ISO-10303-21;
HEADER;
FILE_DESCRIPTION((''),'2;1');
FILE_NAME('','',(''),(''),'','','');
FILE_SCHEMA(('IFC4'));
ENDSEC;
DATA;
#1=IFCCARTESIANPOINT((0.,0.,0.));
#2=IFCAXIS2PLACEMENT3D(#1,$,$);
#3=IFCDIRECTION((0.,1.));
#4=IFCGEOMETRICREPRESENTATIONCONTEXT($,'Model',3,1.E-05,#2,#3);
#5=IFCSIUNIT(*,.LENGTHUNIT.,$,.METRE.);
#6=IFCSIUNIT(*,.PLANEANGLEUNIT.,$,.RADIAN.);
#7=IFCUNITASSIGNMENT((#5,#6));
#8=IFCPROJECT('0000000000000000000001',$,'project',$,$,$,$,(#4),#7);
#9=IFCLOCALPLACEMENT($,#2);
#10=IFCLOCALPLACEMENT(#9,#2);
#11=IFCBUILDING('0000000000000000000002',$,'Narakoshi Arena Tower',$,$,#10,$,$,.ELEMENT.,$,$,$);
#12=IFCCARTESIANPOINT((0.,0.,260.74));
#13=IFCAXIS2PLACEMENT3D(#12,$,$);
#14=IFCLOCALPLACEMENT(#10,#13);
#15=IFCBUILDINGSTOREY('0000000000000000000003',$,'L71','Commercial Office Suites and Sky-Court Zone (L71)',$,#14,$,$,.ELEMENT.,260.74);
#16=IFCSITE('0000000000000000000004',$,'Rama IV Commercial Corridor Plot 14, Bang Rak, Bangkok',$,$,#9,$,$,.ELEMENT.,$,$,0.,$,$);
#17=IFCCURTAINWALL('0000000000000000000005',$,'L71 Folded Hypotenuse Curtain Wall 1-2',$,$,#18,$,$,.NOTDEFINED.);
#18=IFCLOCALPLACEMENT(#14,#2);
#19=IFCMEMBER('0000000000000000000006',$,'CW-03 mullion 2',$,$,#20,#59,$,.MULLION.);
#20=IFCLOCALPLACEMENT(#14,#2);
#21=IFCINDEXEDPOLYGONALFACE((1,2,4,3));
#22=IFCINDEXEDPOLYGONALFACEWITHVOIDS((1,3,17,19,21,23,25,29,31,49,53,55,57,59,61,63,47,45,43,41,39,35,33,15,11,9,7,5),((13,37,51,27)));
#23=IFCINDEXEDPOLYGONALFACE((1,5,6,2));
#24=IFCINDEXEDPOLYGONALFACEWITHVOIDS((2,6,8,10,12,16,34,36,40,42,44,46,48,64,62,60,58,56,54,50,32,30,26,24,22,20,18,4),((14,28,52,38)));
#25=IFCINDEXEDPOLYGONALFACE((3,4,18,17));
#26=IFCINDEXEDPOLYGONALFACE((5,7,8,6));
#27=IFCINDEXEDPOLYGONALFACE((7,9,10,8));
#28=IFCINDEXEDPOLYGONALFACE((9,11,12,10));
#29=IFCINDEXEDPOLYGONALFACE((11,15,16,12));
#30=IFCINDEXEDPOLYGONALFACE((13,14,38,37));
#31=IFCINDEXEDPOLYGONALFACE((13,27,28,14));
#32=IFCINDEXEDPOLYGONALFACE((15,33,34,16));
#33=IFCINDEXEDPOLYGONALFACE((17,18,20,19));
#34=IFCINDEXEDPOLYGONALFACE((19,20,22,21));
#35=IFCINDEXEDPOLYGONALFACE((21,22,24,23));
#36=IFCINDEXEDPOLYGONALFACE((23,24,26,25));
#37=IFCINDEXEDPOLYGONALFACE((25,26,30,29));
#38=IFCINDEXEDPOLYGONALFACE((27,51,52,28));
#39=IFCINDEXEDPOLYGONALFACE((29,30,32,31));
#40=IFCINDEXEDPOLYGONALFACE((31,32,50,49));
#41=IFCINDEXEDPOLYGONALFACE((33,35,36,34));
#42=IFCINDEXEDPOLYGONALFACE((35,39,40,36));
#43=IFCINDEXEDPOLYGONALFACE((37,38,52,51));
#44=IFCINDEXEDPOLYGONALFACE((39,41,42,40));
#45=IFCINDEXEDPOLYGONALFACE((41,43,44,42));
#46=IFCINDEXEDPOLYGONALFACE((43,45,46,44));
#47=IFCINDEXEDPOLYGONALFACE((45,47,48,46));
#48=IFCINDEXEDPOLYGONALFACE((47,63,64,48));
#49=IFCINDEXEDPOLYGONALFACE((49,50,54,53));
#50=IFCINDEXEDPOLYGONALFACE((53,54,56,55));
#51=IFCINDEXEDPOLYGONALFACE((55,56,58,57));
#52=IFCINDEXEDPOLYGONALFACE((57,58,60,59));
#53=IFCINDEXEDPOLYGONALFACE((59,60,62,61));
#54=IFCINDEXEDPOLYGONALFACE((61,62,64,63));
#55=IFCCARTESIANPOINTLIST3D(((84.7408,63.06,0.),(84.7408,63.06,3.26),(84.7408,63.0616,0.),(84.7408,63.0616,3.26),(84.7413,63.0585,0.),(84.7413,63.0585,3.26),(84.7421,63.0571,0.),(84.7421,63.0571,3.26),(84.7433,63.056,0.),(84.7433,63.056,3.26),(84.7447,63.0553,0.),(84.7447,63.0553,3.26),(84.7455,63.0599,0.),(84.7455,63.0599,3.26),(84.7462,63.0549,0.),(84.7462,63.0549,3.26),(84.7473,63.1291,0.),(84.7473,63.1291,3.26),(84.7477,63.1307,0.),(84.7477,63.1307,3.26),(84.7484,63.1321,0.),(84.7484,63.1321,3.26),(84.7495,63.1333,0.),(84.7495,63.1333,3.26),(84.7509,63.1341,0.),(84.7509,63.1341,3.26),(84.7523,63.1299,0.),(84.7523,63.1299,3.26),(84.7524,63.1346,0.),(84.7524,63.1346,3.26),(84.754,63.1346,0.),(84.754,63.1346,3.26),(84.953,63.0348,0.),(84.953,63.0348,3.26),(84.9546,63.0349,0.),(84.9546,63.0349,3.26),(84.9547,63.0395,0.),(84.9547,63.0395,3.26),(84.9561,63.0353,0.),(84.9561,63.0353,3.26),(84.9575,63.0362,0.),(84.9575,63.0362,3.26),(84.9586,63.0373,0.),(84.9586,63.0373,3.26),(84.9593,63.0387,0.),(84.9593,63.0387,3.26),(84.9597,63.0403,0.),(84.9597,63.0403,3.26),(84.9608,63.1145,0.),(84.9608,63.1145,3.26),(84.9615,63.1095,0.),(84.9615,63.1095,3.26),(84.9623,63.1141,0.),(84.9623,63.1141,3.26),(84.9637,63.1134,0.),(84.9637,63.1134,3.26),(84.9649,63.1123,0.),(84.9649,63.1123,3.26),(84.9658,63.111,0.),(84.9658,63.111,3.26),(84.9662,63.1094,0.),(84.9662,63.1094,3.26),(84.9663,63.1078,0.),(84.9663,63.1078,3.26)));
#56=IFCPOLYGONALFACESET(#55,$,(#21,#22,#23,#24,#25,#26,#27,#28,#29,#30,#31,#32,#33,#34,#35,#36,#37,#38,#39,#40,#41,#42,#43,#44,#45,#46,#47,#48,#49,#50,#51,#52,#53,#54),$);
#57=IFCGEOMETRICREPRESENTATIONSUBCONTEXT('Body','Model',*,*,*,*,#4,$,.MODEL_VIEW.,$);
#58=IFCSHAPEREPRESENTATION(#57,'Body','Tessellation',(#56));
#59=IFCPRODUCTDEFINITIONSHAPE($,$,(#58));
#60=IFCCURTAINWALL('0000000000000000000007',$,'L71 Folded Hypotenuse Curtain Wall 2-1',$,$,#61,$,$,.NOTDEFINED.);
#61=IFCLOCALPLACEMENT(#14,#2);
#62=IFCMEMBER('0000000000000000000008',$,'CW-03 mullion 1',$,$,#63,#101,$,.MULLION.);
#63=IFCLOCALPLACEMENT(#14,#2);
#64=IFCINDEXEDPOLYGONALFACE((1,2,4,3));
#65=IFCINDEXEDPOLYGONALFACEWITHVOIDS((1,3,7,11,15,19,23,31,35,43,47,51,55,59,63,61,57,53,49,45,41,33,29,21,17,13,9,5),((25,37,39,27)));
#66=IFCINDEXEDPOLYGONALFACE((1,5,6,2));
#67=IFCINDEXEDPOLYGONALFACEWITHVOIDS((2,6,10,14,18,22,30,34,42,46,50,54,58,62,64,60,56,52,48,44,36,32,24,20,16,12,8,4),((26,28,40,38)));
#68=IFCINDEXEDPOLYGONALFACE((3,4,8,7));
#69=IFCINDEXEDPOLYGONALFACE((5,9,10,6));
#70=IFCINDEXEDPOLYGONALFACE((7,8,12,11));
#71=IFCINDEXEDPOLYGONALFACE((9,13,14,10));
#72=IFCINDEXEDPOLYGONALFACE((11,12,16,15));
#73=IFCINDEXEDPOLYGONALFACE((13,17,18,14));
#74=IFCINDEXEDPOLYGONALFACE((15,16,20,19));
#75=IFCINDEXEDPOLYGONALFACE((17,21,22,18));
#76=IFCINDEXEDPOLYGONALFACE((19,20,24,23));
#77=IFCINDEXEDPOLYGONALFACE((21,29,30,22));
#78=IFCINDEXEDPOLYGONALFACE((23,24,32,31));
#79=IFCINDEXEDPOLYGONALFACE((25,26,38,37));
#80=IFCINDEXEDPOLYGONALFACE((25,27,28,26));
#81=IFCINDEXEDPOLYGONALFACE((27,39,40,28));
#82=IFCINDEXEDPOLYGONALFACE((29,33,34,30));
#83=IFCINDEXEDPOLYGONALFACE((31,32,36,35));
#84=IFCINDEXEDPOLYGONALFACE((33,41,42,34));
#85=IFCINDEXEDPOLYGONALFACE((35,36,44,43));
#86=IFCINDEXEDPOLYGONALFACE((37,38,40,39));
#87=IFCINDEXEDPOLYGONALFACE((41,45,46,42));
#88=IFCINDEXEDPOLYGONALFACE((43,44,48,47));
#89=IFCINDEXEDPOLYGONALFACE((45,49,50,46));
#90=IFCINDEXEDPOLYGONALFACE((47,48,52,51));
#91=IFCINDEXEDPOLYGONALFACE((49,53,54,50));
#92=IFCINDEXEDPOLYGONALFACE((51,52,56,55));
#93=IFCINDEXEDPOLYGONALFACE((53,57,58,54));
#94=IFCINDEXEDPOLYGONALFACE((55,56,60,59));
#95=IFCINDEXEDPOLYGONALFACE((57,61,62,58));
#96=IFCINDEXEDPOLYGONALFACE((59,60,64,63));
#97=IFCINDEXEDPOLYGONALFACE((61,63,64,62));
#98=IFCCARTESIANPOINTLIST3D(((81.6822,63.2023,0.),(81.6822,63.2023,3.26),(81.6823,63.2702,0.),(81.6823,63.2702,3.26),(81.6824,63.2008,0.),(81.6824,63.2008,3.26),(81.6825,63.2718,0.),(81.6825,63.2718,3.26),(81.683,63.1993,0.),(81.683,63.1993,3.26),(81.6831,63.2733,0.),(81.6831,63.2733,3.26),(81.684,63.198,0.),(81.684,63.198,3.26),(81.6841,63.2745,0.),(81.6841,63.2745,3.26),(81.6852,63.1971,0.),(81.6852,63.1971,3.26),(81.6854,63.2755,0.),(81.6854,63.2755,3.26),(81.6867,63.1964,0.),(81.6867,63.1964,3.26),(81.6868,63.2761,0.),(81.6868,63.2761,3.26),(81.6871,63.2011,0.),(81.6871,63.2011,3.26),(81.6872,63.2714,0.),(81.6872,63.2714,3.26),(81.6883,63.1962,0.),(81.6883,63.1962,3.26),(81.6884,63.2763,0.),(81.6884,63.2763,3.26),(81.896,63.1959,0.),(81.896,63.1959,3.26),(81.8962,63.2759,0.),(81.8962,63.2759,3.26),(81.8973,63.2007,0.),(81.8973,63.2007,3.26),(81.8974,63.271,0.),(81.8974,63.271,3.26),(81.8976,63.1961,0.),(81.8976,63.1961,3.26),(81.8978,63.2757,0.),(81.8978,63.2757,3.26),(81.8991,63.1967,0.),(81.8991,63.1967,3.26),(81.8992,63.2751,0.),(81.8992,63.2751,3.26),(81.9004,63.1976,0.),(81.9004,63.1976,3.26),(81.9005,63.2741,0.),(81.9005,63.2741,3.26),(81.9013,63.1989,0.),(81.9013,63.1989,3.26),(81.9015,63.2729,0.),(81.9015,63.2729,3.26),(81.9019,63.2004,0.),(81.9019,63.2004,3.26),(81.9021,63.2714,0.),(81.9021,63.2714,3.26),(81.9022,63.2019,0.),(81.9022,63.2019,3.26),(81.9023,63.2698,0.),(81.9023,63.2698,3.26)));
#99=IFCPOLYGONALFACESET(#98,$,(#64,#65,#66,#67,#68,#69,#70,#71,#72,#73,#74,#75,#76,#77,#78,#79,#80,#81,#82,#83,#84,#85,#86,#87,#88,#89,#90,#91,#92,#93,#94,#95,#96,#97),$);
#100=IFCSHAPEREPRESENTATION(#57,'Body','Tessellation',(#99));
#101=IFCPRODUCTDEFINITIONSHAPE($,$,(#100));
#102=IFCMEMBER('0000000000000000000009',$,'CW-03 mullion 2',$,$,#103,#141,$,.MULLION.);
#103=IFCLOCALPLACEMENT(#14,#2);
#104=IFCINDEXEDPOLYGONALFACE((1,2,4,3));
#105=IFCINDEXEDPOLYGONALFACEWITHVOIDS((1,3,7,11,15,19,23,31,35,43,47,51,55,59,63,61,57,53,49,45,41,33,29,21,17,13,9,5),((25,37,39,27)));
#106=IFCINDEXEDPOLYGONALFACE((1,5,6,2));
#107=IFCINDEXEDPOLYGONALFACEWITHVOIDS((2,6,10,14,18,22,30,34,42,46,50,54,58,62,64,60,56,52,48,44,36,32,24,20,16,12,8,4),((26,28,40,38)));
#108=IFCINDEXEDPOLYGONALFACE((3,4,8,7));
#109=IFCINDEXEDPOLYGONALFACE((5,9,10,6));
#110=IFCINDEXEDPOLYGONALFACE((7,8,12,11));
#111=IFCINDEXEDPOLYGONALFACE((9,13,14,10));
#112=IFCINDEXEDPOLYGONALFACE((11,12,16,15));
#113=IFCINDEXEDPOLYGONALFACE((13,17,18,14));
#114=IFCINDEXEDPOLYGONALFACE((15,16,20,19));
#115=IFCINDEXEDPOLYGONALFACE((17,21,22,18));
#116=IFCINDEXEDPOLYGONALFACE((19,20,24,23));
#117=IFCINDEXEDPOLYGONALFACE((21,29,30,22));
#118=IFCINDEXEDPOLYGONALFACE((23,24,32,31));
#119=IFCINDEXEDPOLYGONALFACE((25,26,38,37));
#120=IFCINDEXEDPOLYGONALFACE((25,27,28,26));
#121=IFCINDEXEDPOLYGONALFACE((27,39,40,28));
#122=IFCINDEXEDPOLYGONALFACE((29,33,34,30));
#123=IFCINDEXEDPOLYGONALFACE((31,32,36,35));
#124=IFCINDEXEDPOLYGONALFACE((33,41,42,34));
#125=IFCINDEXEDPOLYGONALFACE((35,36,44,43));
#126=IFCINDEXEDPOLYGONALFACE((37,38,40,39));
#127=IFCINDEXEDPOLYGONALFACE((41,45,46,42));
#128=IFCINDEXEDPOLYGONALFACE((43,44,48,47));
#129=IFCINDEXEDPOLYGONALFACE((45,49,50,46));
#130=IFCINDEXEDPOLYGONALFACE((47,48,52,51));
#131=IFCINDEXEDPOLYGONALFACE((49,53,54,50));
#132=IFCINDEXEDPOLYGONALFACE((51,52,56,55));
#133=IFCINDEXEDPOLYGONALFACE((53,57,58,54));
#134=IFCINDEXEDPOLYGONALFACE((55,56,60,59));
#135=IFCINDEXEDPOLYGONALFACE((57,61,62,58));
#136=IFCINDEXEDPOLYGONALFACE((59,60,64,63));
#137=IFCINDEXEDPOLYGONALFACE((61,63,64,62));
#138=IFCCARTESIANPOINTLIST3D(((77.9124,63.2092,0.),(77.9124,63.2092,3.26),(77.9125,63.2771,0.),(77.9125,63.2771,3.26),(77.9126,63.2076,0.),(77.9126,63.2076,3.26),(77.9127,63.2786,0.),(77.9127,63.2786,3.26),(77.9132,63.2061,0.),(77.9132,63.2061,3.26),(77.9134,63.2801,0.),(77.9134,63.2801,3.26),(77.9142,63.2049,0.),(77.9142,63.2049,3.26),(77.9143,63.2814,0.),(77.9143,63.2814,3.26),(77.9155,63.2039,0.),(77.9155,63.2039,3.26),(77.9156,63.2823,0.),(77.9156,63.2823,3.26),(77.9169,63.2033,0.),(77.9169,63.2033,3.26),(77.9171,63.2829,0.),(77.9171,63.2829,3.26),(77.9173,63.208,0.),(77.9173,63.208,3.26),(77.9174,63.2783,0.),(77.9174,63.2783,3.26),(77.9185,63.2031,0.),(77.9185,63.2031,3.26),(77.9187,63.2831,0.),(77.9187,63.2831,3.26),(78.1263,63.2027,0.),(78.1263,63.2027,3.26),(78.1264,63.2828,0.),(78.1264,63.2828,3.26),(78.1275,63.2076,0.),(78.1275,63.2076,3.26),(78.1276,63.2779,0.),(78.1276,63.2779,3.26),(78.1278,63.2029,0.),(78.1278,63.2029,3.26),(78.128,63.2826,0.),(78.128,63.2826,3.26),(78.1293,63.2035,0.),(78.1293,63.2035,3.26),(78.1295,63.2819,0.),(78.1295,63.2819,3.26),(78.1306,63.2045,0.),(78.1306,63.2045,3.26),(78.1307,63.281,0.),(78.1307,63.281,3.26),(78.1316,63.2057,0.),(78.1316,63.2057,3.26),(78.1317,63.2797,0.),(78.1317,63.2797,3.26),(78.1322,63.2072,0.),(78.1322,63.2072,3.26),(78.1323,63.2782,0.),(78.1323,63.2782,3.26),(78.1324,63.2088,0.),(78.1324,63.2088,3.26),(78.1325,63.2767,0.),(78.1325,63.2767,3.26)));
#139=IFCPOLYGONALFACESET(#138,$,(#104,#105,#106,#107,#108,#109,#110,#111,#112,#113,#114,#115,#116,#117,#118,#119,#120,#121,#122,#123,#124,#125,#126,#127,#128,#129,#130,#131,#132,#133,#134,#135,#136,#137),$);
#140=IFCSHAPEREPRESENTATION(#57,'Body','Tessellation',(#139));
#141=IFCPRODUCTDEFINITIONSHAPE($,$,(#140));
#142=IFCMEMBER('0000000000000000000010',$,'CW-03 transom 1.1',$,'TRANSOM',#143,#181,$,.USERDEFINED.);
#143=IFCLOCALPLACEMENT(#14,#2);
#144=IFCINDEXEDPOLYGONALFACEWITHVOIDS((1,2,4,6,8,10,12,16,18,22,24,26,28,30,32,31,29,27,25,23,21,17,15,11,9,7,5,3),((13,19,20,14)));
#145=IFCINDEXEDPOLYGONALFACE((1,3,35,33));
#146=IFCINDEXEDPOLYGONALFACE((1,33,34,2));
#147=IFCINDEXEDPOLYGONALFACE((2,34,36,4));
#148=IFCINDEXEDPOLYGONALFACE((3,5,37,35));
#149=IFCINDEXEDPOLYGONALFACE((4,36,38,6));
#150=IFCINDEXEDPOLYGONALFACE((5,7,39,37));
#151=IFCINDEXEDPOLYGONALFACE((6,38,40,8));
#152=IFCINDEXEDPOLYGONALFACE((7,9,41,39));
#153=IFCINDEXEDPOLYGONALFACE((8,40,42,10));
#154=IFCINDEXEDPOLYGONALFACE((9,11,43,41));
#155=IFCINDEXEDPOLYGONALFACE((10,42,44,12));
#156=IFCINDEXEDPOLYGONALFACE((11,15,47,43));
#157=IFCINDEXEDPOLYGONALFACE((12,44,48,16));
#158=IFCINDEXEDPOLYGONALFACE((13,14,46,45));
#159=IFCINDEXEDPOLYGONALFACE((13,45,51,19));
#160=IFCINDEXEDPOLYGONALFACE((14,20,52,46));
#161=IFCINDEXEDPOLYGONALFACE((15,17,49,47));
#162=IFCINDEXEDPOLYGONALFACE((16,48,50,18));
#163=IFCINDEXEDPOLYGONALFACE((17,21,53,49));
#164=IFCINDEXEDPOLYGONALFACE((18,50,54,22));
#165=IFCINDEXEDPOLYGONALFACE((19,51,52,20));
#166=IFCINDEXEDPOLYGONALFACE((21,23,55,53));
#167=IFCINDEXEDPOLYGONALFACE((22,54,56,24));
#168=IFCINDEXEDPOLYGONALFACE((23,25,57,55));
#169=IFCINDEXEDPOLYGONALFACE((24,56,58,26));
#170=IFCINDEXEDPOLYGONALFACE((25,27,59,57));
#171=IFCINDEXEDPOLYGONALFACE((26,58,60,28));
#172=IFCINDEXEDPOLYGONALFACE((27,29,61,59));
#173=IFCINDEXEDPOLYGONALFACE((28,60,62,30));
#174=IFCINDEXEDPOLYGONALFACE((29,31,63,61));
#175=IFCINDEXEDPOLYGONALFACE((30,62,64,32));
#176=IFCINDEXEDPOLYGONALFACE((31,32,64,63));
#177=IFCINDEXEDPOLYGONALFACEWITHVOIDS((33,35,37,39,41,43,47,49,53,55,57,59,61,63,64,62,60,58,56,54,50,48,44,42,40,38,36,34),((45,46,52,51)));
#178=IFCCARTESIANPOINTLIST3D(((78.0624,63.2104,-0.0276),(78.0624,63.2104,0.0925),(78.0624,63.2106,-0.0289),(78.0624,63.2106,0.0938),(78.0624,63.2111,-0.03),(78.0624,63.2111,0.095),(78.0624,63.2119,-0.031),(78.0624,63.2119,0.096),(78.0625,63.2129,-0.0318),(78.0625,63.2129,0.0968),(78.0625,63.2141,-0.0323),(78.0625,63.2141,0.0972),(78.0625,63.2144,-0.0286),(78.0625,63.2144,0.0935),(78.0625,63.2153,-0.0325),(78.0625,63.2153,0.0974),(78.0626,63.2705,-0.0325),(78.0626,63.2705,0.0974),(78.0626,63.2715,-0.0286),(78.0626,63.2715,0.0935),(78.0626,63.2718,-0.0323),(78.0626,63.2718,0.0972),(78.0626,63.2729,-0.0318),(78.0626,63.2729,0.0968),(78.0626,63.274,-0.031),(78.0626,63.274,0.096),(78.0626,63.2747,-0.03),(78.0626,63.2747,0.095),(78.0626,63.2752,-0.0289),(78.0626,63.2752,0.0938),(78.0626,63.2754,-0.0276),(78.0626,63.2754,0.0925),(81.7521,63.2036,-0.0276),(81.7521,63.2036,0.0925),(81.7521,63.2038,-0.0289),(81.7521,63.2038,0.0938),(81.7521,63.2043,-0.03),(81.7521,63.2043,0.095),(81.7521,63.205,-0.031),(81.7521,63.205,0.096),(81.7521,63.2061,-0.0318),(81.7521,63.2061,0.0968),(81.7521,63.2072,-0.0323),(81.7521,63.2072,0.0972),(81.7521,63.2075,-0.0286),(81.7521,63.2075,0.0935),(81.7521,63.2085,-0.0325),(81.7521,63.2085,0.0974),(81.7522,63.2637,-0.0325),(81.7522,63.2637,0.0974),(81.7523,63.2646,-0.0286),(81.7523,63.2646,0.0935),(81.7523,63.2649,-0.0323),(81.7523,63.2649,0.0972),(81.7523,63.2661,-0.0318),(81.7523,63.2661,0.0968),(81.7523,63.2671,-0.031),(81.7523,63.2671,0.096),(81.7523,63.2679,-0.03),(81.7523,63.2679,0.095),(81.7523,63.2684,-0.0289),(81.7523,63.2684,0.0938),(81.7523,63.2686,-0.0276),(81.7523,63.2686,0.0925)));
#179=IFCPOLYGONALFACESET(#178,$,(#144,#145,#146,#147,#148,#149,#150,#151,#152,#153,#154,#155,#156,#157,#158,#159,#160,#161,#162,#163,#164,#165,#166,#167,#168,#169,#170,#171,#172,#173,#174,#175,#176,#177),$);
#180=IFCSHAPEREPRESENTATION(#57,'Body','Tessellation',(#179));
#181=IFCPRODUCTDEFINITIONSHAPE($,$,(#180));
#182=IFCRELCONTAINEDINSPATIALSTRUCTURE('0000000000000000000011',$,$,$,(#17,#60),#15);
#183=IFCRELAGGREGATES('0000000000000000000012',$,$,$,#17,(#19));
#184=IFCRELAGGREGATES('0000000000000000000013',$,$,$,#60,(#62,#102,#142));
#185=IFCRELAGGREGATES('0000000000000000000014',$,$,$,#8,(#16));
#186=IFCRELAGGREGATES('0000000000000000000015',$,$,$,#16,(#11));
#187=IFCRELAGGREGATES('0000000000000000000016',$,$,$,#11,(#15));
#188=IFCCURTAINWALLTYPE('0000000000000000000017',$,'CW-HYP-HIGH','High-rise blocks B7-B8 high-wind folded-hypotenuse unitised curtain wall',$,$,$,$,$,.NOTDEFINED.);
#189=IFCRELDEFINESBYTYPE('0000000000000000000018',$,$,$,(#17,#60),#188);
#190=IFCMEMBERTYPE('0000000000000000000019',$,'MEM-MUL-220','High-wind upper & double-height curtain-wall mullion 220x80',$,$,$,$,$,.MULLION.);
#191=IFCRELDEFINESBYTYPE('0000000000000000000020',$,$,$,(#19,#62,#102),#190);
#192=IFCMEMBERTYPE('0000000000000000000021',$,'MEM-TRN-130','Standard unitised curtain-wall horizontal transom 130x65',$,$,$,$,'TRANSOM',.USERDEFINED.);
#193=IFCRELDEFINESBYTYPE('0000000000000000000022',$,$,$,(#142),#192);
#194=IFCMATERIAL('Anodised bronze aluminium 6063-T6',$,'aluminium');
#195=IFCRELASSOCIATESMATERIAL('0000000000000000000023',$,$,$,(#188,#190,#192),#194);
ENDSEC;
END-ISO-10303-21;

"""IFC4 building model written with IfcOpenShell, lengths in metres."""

from ifc_helpers import new_model, si_unit, direction, frame, origin, origin_2d, place, context, subcontext, project, spatial, hollow_rectangle, extrude, material, material_profile, profile_set, type_object, element, aggregate, save


model = new_model("IFC4")

# Units and contexts
model_context = context("Model", 3, precision=1e-05, world=origin(), true_north=direction((0.0, 1.0)))
body_context = subcontext(model_context, "Body", "Model", "MODEL_VIEW")
ifc_project = project(units=[si_unit("LENGTHUNIT", "METRE"), si_unit("PLANEANGLEUNIT", "RADIAN")], contexts=[model_context])

# Site, building, storey
site_placement = place(None, origin())
site = spatial("IfcSite", under=ifc_project, at=site_placement, Name="Rama IV Commercial Corridor Plot 14, Bang Rak, Bangkok", CompositionType="ELEMENT", RefElevation=0.0)
building_placement = place(site_placement, origin())
building = spatial("IfcBuilding", under=site, at=building_placement, Name="Narakoshi Arena Tower", CompositionType="ELEMENT")
storey_placement = place(building_placement, frame((0.0, 0.0, 260.74)))
storey = spatial("IfcBuildingStorey", under=building, at=storey_placement, Name="L71", Description="Commercial Office Suites and Sky-Court Zone (L71)", CompositionType="ELEMENT", Elevation=260.74)

# Curtain wall, member
ifc_material_1 = material(Name="Anodised bronze aluminium 6063-T6", Category="aluminium")
curtain_wall_type = type_object("IfcCurtainWallType", Name="CW-HYP-HIGH", Description="High-rise blocks B7-B8 high-wind folded-hypotenuse unitised curtain wall", PredefinedType="NOTDEFINED", material=ifc_material_1)
curtain_wall_1_placement = place(storey_placement, origin())
curtain_wall_1 = element("IfcCurtainWall", 1, at=curtain_wall_1_placement, inside=storey, type_object=curtain_wall_type, Name="L71 Folded Hypotenuse Curtain Wall 1-2", PredefinedType="NOTDEFINED")
ifc_material_profile_1 = material_profile(ifc_material_1, hollow_rectangle(XDim=0.0801, YDim=0.22, WallThickness=0.0049, OuterFilletRadius=0.0061, at=origin_2d()), Name="MUL220x80x5")
ifc_profile_set_1 = profile_set([ifc_material_profile_1], Name="Anodised bronze aluminium 6063-T6")
member_type_1 = type_object("IfcMemberType", Name="MEM-MUL-220", Description="High-wind upper & double-height curtain-wall mullion 220x80", PredefinedType="MULLION", material=ifc_profile_set_1)
member_1_placement = place(storey_placement, frame((84.8535, 63.0847, 0.0), z_axis=(0.0, 0.0, 1.0), x_axis=(-0.096843, -0.9953, 0.0)))
member_1 = element("IfcMember", 2, at=member_1_placement, type_object=member_type_1, Name="CW-03 mullion 2", PredefinedType="MULLION", context=body_context, shape_type="SweptSolid", body=[
    extrude(hollow_rectangle(XDim=0.0801, YDim=0.22, WallThickness=0.0049, OuterFilletRadius=0.0061, at=origin_2d()), origin(), (0.0, 0.0, 1.0), 3.26),
])

# Curtain wall, members
curtain_wall_2_placement = place(storey_placement, origin())
curtain_wall_2 = element("IfcCurtainWall", 3, at=curtain_wall_2_placement, inside=storey, type_object=curtain_wall_type, Name="L71 Folded Hypotenuse Curtain Wall 2-1", PredefinedType="NOTDEFINED")
member_2_placement = place(storey_placement, frame((81.7922, 63.2361, 0.0), z_axis=(0.0, 0.0, 1.0), x_axis=(-0.00182, -0.999998, 0.0)))
member_2 = element("IfcMember", 4, at=member_2_placement, type_object=member_type_1, Name="CW-03 mullion 1", PredefinedType="MULLION", context=body_context, shape_type="SweptSolid", body=[
    extrude(hollow_rectangle(XDim=0.0801, YDim=0.22, WallThickness=0.0049, OuterFilletRadius=0.0061, at=origin_2d()), origin(), (0.0, 0.0, 1.0), 3.26),
])
member_3_placement = place(storey_placement, frame((78.0225, 63.2429, 0.0), z_axis=(0.0, 0.0, 1.0), x_axis=(-0.00182, -0.999998, 0.0)))
member_3 = element("IfcMember", 5, at=member_3_placement, type_object=member_type_1, Name="CW-03 mullion 2", PredefinedType="MULLION", context=body_context, shape_type="SweptSolid", body=[
    extrude(hollow_rectangle(XDim=0.0801, YDim=0.22, WallThickness=0.0049, OuterFilletRadius=0.0061, at=origin_2d()), origin(), (0.0, 0.0, 1.0), 3.26),
])
ifc_material_profile_2 = material_profile(ifc_material_1, hollow_rectangle(XDim=0.0649, YDim=0.1299, WallThickness=0.0039, OuterFilletRadius=0.0049, at=origin_2d()), Name="TRN130x65x4")
ifc_profile_set_2 = profile_set([ifc_material_profile_2], Name="Anodised bronze aluminium 6063-T6")
member_type_2 = type_object("IfcMemberType", Name="MEM-TRN-130", Description="Standard unitised curtain-wall horizontal transom 130x65", ElementType="TRANSOM", PredefinedType="USERDEFINED", material=ifc_profile_set_2)
member_4_placement = place(storey_placement, frame((81.7522, 63.2361, 0.0325), z_axis=(-0.999998, 0.001853, 0.0), x_axis=(-0.001853, -0.999998, 0.0)))
member_4 = element("IfcMember", 6, at=member_4_placement, type_object=member_type_2, Name="CW-03 transom 1.1", ObjectType="TRANSOM", PredefinedType="USERDEFINED", context=body_context, shape_type="SweptSolid", body=[
    extrude(hollow_rectangle(XDim=0.0649, YDim=0.1299, WallThickness=0.0039, OuterFilletRadius=0.0049, at=origin_2d()), origin(), (0.0, 0.0, 1.0), 3.6897),
])

aggregate(curtain_wall_1, [member_1])
aggregate(curtain_wall_2, [member_2, member_3, member_4])

save(model, "model.ifc")
